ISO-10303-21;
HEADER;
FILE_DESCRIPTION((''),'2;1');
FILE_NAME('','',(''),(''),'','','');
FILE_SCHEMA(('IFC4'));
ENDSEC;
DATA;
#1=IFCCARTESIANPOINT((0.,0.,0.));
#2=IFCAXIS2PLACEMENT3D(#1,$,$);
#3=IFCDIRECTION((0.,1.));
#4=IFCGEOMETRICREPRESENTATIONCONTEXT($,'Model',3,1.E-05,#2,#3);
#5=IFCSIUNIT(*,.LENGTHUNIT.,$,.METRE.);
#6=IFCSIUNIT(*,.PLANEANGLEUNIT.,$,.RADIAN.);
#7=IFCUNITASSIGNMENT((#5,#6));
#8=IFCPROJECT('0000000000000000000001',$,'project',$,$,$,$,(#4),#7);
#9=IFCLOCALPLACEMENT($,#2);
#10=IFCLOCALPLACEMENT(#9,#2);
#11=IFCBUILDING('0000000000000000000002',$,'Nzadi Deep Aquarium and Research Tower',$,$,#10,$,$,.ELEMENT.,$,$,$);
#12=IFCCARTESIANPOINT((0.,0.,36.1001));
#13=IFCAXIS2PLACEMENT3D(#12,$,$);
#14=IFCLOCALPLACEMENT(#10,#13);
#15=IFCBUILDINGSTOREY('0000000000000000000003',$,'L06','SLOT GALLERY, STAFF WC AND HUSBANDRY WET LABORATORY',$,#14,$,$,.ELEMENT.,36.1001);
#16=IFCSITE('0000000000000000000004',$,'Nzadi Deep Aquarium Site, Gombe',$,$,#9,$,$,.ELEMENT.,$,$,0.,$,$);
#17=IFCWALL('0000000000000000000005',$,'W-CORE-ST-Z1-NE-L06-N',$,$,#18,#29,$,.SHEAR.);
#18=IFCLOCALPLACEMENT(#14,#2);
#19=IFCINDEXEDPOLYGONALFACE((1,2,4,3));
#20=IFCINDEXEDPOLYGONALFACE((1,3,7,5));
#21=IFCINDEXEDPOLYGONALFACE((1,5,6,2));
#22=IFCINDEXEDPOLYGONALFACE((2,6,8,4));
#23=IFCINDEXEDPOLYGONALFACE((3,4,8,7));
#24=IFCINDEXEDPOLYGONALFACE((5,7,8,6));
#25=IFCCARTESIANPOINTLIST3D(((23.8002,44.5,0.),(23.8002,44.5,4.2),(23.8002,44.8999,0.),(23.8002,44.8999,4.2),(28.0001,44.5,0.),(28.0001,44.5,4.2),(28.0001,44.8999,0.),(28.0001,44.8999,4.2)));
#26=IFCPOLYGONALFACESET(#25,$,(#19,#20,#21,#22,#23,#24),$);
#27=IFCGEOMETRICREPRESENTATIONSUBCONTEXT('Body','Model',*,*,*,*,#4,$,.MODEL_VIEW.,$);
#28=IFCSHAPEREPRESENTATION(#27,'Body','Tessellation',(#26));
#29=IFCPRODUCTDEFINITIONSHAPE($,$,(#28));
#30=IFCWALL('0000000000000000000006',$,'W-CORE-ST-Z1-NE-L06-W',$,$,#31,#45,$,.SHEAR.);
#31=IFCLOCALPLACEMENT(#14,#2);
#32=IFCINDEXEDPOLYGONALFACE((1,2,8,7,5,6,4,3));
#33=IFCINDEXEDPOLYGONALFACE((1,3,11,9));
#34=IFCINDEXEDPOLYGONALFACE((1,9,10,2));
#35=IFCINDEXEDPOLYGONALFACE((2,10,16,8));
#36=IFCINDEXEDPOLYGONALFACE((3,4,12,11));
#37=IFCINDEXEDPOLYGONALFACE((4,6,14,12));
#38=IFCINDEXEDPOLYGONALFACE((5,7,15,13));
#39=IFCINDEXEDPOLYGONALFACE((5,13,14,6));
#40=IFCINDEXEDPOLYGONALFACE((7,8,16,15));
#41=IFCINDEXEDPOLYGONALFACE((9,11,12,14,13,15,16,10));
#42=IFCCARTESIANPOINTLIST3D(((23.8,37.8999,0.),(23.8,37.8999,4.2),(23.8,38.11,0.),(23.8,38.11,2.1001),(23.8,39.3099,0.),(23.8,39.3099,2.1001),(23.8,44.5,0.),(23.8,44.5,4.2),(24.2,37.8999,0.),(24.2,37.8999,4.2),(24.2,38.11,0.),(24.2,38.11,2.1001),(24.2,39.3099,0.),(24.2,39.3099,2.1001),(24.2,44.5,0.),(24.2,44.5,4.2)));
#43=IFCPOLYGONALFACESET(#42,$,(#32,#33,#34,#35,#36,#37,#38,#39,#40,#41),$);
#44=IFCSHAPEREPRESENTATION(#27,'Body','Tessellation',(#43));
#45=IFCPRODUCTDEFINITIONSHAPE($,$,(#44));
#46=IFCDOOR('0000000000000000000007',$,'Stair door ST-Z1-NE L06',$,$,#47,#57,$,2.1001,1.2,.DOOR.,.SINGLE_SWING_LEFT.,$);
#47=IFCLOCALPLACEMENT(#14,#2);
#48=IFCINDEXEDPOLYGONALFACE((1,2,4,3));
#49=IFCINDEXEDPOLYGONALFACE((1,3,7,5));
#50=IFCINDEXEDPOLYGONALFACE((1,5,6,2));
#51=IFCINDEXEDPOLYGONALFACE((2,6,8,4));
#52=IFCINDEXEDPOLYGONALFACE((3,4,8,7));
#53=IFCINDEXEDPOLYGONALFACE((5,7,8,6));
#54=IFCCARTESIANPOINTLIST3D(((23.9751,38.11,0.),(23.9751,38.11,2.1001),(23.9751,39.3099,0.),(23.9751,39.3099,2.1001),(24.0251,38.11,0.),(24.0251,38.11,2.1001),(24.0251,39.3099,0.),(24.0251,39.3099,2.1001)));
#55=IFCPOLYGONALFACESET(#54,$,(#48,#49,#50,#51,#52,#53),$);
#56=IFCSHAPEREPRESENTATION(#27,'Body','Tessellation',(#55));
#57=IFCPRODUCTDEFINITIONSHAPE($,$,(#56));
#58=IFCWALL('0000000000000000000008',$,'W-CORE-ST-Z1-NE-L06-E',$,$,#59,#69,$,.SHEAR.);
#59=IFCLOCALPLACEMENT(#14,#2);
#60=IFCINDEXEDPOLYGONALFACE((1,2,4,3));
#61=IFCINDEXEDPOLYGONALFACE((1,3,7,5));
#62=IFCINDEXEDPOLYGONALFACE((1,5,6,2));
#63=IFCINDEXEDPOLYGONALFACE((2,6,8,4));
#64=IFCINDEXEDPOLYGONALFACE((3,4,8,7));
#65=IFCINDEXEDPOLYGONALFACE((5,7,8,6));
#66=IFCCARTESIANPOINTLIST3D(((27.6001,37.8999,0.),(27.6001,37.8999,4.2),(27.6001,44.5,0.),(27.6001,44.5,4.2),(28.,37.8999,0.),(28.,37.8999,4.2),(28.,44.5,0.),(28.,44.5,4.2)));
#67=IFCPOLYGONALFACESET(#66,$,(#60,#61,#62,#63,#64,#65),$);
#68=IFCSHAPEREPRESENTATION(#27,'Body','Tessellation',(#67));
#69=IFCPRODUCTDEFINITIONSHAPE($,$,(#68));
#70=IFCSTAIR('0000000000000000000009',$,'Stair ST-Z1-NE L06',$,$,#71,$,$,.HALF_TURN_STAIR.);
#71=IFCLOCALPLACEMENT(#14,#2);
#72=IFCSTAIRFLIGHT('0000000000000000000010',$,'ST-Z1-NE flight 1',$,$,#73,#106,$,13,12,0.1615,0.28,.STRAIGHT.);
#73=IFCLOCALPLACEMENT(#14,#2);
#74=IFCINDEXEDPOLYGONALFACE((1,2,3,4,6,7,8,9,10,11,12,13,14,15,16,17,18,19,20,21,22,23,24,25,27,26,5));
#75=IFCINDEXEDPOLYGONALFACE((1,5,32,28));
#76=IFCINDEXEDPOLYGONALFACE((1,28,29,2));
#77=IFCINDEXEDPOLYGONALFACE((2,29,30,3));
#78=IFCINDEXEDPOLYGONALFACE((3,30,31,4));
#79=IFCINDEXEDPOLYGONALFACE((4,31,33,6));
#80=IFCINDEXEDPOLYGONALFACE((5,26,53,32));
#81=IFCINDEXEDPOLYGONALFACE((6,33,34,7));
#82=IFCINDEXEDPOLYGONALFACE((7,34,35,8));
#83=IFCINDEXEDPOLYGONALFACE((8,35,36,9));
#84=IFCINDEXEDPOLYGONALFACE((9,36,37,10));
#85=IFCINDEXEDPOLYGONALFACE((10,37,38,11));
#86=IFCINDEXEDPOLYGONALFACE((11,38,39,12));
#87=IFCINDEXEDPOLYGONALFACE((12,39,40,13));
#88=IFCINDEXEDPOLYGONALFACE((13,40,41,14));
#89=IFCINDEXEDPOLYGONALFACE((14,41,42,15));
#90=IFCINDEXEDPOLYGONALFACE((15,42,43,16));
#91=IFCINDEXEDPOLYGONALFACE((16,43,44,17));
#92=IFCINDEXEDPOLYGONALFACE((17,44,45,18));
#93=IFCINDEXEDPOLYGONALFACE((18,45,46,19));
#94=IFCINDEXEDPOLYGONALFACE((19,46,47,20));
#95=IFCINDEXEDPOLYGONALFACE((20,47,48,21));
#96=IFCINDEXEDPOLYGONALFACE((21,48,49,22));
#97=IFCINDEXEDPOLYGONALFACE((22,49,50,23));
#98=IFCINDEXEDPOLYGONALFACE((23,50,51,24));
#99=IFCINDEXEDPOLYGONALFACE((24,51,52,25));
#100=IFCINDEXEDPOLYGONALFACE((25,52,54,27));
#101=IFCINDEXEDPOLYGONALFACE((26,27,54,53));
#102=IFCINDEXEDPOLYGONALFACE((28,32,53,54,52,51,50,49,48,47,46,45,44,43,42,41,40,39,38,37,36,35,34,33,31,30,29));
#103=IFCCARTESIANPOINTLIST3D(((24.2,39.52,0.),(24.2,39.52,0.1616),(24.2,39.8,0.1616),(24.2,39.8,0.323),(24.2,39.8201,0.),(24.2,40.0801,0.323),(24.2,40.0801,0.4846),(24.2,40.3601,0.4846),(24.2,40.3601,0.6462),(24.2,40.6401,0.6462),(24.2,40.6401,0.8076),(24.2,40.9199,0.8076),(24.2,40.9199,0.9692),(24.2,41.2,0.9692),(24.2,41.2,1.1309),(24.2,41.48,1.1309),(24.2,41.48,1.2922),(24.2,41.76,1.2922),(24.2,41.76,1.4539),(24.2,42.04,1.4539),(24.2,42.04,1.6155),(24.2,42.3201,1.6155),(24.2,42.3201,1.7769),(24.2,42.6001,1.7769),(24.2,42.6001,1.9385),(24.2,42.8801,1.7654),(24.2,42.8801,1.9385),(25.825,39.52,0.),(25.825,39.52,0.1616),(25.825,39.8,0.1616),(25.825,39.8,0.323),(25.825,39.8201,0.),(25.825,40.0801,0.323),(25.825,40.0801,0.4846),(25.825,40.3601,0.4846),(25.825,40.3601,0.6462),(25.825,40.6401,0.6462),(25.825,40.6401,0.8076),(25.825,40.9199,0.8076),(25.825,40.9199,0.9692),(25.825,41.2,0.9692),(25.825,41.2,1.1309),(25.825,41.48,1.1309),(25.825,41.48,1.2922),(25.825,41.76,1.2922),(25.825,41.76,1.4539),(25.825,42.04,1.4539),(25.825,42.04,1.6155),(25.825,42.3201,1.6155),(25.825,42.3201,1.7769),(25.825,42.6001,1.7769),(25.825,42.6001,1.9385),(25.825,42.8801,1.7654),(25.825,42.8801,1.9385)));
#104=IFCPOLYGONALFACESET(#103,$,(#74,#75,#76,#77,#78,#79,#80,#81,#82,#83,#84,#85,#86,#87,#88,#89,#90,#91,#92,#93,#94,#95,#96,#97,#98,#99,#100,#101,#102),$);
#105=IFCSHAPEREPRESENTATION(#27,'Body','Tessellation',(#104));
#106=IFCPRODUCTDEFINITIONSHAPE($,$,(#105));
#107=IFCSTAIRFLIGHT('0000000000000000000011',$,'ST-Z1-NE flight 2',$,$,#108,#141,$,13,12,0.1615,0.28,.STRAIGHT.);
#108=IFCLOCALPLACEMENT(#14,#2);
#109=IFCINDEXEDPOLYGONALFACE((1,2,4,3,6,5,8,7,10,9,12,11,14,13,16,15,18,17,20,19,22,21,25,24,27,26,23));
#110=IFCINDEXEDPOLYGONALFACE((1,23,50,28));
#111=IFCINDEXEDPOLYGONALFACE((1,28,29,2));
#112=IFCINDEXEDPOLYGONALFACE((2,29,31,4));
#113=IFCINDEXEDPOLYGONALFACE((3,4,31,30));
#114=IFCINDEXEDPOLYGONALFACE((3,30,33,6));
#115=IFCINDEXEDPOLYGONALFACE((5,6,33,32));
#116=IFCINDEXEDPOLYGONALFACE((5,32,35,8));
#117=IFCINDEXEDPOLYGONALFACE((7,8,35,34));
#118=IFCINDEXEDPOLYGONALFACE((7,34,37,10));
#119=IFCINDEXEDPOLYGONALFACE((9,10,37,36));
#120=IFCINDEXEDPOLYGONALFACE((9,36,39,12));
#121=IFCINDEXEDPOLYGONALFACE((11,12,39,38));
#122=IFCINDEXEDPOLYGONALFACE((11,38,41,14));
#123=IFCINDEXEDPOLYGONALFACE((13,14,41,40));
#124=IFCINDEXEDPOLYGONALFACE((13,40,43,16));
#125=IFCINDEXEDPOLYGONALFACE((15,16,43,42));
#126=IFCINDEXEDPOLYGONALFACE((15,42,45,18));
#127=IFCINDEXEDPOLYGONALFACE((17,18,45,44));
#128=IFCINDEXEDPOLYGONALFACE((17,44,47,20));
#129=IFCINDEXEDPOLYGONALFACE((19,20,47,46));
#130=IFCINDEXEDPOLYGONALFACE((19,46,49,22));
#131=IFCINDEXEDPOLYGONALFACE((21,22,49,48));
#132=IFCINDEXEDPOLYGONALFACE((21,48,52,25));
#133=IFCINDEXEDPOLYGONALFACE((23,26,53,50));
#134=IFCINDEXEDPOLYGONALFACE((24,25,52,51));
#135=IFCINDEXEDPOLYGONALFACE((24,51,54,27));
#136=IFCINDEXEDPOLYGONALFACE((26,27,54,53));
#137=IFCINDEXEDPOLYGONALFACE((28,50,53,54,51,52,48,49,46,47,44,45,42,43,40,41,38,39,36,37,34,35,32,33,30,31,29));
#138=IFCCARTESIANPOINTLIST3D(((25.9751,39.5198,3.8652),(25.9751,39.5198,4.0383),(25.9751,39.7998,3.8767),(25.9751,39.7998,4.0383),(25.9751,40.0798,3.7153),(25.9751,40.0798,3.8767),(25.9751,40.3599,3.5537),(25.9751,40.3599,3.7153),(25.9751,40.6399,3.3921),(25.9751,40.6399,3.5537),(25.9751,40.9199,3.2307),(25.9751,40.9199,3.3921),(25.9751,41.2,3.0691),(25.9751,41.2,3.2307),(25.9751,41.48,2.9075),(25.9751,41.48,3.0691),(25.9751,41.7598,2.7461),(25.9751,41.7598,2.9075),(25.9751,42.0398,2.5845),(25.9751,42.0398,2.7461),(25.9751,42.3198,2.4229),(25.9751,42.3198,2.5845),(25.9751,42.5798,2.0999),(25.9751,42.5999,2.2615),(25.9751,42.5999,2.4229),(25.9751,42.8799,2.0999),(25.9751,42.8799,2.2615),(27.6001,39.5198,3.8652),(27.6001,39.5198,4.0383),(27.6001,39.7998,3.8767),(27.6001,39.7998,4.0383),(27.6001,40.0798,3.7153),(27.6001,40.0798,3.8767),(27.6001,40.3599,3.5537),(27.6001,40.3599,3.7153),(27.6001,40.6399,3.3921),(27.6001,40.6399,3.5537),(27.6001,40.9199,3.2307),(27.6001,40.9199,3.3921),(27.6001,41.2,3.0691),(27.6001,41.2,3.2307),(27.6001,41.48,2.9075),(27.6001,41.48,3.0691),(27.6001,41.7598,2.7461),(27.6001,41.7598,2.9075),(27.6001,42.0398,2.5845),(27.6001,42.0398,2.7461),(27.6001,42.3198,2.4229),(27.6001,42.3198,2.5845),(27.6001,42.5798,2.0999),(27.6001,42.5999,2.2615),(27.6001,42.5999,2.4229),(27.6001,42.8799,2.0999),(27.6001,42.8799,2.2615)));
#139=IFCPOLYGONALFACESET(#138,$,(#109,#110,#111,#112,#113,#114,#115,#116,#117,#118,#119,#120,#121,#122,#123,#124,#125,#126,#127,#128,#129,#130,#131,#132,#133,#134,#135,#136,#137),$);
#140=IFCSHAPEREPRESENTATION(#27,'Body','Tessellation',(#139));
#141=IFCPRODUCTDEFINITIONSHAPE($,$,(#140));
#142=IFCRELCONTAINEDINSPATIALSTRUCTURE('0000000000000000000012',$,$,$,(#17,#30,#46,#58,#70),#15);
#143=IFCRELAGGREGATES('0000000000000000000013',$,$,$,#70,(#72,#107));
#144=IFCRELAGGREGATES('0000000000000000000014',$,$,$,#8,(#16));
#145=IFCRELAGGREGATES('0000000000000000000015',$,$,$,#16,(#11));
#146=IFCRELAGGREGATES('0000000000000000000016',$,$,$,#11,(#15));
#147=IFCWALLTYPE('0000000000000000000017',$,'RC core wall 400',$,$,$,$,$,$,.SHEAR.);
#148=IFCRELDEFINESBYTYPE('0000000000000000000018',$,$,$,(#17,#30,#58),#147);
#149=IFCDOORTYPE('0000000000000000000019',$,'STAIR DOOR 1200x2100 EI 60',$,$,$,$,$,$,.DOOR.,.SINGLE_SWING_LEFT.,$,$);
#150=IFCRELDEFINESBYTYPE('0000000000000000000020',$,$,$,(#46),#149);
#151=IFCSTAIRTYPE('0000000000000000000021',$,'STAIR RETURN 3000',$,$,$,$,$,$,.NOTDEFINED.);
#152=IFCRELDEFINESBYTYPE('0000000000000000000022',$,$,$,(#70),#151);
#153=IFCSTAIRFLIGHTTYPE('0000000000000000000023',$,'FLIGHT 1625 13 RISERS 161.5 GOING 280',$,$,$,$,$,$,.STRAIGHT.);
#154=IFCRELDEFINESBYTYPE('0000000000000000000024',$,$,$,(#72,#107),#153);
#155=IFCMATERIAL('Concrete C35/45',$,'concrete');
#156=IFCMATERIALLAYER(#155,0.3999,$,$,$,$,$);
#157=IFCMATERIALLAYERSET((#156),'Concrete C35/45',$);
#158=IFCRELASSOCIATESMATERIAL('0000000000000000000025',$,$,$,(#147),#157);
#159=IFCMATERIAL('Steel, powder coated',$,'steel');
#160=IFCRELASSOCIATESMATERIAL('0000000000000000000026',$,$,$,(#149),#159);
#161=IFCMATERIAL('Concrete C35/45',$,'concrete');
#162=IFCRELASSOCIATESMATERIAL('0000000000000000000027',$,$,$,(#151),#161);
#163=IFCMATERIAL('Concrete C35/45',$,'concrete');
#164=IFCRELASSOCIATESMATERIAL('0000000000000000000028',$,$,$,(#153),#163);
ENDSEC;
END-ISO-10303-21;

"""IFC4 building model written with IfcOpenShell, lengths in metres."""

from ifc_helpers import new_model, si_unit, direction, frame, frame_2d, origin, place, context, subcontext, project, spatial, polyline, rectangle, outline, extrude, material, layer, layer_set, type_object, element, fill, aggregate, save


model = new_model("IFC4")

# Units and contexts
model_context = context("Model", 3, precision=1e-05, world=origin(), true_north=direction((0.0, 1.0)))
body_context = subcontext(model_context, "Body", "Model", "MODEL_VIEW")
ifc_project = project(units=[si_unit("LENGTHUNIT", "METRE"), si_unit("PLANEANGLEUNIT", "RADIAN")], contexts=[model_context])

# Site, building, storey
site_placement = place(None, origin())
site = spatial("IfcSite", under=ifc_project, at=site_placement, Name="Nzadi Deep Aquarium Site, Gombe", CompositionType="ELEMENT", RefElevation=0.0)
building_placement = place(site_placement, origin())
building = spatial("IfcBuilding", under=site, at=building_placement, Name="Nzadi Deep Aquarium and Research Tower", CompositionType="ELEMENT")
storey_placement = place(building_placement, frame((0.0, 0.0, 36.1001)))
storey = spatial("IfcBuildingStorey", under=building, at=storey_placement, Name="L06", Description="SLOT GALLERY, STAFF WC AND HUSBANDRY WET LABORATORY", CompositionType="ELEMENT", Elevation=36.1001)

# Wall
ifc_material_1 = material(Name="Concrete C35/45", Category="concrete")
ifc_layer_1 = layer(ifc_material_1, 0.3999)
ifc_layer_set_1 = layer_set([ifc_layer_1], Name="Concrete C35/45")
wall_type_1 = type_object("IfcWallType", Name="RC core wall 400", PredefinedType="SHEAR", material=ifc_layer_set_1)
for number, where, z_axis, x_axis, name in (
    (1, (23.8, 44.7, 0.0), (0.0, 0.0, 1.0), (1.0, 0.0, 0.0), "W-CORE-ST-Z1-NE-L06-N"),
):
    element("IfcWall", number, at=place(storey_placement, frame(where, z_axis=z_axis, x_axis=x_axis)), inside=storey, type_object=wall_type_1, Name=name, PredefinedType="SHEAR", context=body_context, shape_type="SweptSolid", body=[
        extrude(rectangle(XDim=4.2, YDim=0.3999, at=frame_2d((2.1001, 0.0))), origin(), (0.0, 0.0, 1.0), 4.2),
    ])

# Wall, opening, door
wall_1_placement = place(storey_placement, frame((24.0, 37.8999, 0.0), z_axis=(0.0, 0.0, 1.0), x_axis=(0.0, 1.0, 0.0)))
wall_1 = element("IfcWall", 2, at=wall_1_placement, inside=storey, type_object=wall_type_1, Name="W-CORE-ST-Z1-NE-L06-W", PredefinedType="SHEAR", context=body_context, shape_type="SweptSolid", body=[
    extrude(rectangle(XDim=6.6001, YDim=0.3999, at=frame_2d((3.3, 0.0))), origin(), (0.0, 0.0, 1.0), 4.2),
])
opening_1_placement = place(wall_1_placement, frame((0.21, 0.0, 0.0)))
opening_1 = element("IfcOpeningElement", 3, at=opening_1_placement, cuts=wall_1, PredefinedType="OPENING", context=body_context, shape_type="SweptSolid", body=[
    extrude(rectangle(XDim=1.2, YDim=2.1001, at=frame_2d((0.6001, 1.05))), frame((0.0, 0.21, 0.0), z_axis=(0.0, -1.0, 0.0), x_axis=(1.0, 0.0, 0.0)), (0.0, 0.0, 1.0), 0.4199),
])
ifc_material_2 = material(Name="Steel, powder coated", Category="steel")
door_type_1 = type_object("IfcDoorType", Name="STAIR DOOR 1200x2100 EI 60", OperationType="SINGLE_SWING_LEFT", PredefinedType="DOOR", material=ifc_material_2)
door_1_placement = place(opening_1_placement, origin())
door_1 = element("IfcDoor", 4, at=door_1_placement, inside=storey, type_object=door_type_1, Name="Stair door ST-Z1-NE L06", OperationType="SINGLE_SWING_LEFT", OverallHeight=2.1001, OverallWidth=1.2, PredefinedType="DOOR", context=body_context, shape_type="SweptSolid", body=[
    extrude(rectangle(XDim=1.2, YDim=2.1001, at=frame_2d((0.6001, 1.05))), frame((0.0, 0.0249, 0.0), z_axis=(0.0, -1.0, 0.0), x_axis=(1.0, 0.0, 0.0)), (0.0, 0.0, 1.0), 0.05),
])
fill(opening_1, door_1)

# Wall
wall_2_placement = place(storey_placement, frame((27.8, 37.8999, 0.0), z_axis=(0.0, 0.0, 1.0), x_axis=(0.0, 1.0, 0.0)))
element("IfcWall", 5, at=wall_2_placement, inside=storey, type_object=wall_type_1, Name="W-CORE-ST-Z1-NE-L06-E", PredefinedType="SHEAR", context=body_context, shape_type="SweptSolid", body=[
    extrude(rectangle(XDim=6.6001, YDim=0.3999, at=frame_2d((3.3, 0.0))), origin(), (0.0, 0.0, 1.0), 4.2),
])

# Stair, stair flights
ifc_material_3 = material(Name="Concrete C35/45", Category="concrete")
stair_type = type_object("IfcStairType", Name="STAIR RETURN 3000", PredefinedType="NOTDEFINED", material=ifc_material_3)
stair_placement = place(storey_placement, origin())
stair = element("IfcStair", 6, at=stair_placement, inside=storey, type_object=stair_type, Name="Stair ST-Z1-NE L06", PredefinedType="HALF_TURN_STAIR")
ifc_material_4 = material(Name="Concrete C35/45", Category="concrete")
stair_flight_type = type_object("IfcStairFlightType", Name="FLIGHT 1625 13 RISERS 161.5 GOING 280", PredefinedType="STRAIGHT", material=ifc_material_4)
stair_flight_1_placement = place(storey_placement, frame((25.0125, 39.52, 0.0), z_axis=(0.0, 0.0, 1.0), x_axis=(0.0, 1.0, 0.0)))
stair_flight_1 = element("IfcStairFlight", 7, at=stair_flight_1_placement, type_object=stair_flight_type, Name="ST-Z1-NE flight 1", NumberOfRisers=13, NumberOfTreads=12, PredefinedType="STRAIGHT", RiserHeight=0.1615, TreadLength=0.28, context=body_context, shape_type="SweptSolid", body=[
    extrude(outline(polyline([(0.0, 0.0), (0.0, 0.1616), (0.28, 0.1616), (0.28, 0.323), (0.5601, 0.323), (0.5601, 0.4846), (0.8401, 0.4846), (0.8401, 0.6462), (1.1201, 0.6462), (1.1201, 0.8076), (1.3999, 0.8076), (1.3999, 0.9692), (1.6799, 0.9692), (1.6799, 1.1309), (1.96, 1.1309), (1.96, 1.2922), (2.24, 1.2922), (2.24, 1.4539), (2.52, 1.4539), (2.52, 1.6155), (2.8, 1.6155), (2.8, 1.7769), (3.0801, 1.7769), (3.0801, 1.9385), (3.3601, 1.9385), (3.3601, 2.1001), (3.3601, 1.7654), (0.3, 0.0), (0.0, 0.0)])), frame((0.0, 0.8125, 0.0), z_axis=(0.0, -1.0, 0.0), x_axis=(1.0, 0.0, 0.0)), (0.0, 0.0, 1.0), 1.625),
])
stair_flight_2_placement = place(storey_placement, frame((26.7876, 42.8799, 2.0999), z_axis=(0.0, 0.0, 1.0), x_axis=(0.0, -1.0, 0.0)))
stair_flight_2 = element("IfcStairFlight", 8, at=stair_flight_2_placement, type_object=stair_flight_type, Name="ST-Z1-NE flight 2", NumberOfRisers=13, NumberOfTreads=12, PredefinedType="STRAIGHT", RiserHeight=0.1615, TreadLength=0.28, context=body_context, shape_type="SweptSolid", body=[
    extrude(outline(polyline([(0.0, 0.0), (0.0, 0.1616), (0.28, 0.1616), (0.28, 0.323), (0.5601, 0.323), (0.5601, 0.4846), (0.8401, 0.4846), (0.8401, 0.6462), (1.1201, 0.6462), (1.1201, 0.8076), (1.3999, 0.8076), (1.3999, 0.9692), (1.6799, 0.9692), (1.6799, 1.1309), (1.96, 1.1309), (1.96, 1.2922), (2.24, 1.2922), (2.24, 1.4539), (2.52, 1.4539), (2.52, 1.6155), (2.8, 1.6155), (2.8, 1.7769), (3.0801, 1.7769), (3.0801, 1.9385), (3.3601, 1.9385), (3.3601, 2.1001), (3.3601, 1.7654), (0.3, 0.0), (0.0, 0.0)])), frame((0.0, 0.8125, 0.0), z_axis=(0.0, -1.0, 0.0), x_axis=(1.0, 0.0, 0.0)), (0.0, 0.0, 1.0), 1.625),
])
aggregate(stair, [stair_flight_1, stair_flight_2])

save(model, "model.ifc")
